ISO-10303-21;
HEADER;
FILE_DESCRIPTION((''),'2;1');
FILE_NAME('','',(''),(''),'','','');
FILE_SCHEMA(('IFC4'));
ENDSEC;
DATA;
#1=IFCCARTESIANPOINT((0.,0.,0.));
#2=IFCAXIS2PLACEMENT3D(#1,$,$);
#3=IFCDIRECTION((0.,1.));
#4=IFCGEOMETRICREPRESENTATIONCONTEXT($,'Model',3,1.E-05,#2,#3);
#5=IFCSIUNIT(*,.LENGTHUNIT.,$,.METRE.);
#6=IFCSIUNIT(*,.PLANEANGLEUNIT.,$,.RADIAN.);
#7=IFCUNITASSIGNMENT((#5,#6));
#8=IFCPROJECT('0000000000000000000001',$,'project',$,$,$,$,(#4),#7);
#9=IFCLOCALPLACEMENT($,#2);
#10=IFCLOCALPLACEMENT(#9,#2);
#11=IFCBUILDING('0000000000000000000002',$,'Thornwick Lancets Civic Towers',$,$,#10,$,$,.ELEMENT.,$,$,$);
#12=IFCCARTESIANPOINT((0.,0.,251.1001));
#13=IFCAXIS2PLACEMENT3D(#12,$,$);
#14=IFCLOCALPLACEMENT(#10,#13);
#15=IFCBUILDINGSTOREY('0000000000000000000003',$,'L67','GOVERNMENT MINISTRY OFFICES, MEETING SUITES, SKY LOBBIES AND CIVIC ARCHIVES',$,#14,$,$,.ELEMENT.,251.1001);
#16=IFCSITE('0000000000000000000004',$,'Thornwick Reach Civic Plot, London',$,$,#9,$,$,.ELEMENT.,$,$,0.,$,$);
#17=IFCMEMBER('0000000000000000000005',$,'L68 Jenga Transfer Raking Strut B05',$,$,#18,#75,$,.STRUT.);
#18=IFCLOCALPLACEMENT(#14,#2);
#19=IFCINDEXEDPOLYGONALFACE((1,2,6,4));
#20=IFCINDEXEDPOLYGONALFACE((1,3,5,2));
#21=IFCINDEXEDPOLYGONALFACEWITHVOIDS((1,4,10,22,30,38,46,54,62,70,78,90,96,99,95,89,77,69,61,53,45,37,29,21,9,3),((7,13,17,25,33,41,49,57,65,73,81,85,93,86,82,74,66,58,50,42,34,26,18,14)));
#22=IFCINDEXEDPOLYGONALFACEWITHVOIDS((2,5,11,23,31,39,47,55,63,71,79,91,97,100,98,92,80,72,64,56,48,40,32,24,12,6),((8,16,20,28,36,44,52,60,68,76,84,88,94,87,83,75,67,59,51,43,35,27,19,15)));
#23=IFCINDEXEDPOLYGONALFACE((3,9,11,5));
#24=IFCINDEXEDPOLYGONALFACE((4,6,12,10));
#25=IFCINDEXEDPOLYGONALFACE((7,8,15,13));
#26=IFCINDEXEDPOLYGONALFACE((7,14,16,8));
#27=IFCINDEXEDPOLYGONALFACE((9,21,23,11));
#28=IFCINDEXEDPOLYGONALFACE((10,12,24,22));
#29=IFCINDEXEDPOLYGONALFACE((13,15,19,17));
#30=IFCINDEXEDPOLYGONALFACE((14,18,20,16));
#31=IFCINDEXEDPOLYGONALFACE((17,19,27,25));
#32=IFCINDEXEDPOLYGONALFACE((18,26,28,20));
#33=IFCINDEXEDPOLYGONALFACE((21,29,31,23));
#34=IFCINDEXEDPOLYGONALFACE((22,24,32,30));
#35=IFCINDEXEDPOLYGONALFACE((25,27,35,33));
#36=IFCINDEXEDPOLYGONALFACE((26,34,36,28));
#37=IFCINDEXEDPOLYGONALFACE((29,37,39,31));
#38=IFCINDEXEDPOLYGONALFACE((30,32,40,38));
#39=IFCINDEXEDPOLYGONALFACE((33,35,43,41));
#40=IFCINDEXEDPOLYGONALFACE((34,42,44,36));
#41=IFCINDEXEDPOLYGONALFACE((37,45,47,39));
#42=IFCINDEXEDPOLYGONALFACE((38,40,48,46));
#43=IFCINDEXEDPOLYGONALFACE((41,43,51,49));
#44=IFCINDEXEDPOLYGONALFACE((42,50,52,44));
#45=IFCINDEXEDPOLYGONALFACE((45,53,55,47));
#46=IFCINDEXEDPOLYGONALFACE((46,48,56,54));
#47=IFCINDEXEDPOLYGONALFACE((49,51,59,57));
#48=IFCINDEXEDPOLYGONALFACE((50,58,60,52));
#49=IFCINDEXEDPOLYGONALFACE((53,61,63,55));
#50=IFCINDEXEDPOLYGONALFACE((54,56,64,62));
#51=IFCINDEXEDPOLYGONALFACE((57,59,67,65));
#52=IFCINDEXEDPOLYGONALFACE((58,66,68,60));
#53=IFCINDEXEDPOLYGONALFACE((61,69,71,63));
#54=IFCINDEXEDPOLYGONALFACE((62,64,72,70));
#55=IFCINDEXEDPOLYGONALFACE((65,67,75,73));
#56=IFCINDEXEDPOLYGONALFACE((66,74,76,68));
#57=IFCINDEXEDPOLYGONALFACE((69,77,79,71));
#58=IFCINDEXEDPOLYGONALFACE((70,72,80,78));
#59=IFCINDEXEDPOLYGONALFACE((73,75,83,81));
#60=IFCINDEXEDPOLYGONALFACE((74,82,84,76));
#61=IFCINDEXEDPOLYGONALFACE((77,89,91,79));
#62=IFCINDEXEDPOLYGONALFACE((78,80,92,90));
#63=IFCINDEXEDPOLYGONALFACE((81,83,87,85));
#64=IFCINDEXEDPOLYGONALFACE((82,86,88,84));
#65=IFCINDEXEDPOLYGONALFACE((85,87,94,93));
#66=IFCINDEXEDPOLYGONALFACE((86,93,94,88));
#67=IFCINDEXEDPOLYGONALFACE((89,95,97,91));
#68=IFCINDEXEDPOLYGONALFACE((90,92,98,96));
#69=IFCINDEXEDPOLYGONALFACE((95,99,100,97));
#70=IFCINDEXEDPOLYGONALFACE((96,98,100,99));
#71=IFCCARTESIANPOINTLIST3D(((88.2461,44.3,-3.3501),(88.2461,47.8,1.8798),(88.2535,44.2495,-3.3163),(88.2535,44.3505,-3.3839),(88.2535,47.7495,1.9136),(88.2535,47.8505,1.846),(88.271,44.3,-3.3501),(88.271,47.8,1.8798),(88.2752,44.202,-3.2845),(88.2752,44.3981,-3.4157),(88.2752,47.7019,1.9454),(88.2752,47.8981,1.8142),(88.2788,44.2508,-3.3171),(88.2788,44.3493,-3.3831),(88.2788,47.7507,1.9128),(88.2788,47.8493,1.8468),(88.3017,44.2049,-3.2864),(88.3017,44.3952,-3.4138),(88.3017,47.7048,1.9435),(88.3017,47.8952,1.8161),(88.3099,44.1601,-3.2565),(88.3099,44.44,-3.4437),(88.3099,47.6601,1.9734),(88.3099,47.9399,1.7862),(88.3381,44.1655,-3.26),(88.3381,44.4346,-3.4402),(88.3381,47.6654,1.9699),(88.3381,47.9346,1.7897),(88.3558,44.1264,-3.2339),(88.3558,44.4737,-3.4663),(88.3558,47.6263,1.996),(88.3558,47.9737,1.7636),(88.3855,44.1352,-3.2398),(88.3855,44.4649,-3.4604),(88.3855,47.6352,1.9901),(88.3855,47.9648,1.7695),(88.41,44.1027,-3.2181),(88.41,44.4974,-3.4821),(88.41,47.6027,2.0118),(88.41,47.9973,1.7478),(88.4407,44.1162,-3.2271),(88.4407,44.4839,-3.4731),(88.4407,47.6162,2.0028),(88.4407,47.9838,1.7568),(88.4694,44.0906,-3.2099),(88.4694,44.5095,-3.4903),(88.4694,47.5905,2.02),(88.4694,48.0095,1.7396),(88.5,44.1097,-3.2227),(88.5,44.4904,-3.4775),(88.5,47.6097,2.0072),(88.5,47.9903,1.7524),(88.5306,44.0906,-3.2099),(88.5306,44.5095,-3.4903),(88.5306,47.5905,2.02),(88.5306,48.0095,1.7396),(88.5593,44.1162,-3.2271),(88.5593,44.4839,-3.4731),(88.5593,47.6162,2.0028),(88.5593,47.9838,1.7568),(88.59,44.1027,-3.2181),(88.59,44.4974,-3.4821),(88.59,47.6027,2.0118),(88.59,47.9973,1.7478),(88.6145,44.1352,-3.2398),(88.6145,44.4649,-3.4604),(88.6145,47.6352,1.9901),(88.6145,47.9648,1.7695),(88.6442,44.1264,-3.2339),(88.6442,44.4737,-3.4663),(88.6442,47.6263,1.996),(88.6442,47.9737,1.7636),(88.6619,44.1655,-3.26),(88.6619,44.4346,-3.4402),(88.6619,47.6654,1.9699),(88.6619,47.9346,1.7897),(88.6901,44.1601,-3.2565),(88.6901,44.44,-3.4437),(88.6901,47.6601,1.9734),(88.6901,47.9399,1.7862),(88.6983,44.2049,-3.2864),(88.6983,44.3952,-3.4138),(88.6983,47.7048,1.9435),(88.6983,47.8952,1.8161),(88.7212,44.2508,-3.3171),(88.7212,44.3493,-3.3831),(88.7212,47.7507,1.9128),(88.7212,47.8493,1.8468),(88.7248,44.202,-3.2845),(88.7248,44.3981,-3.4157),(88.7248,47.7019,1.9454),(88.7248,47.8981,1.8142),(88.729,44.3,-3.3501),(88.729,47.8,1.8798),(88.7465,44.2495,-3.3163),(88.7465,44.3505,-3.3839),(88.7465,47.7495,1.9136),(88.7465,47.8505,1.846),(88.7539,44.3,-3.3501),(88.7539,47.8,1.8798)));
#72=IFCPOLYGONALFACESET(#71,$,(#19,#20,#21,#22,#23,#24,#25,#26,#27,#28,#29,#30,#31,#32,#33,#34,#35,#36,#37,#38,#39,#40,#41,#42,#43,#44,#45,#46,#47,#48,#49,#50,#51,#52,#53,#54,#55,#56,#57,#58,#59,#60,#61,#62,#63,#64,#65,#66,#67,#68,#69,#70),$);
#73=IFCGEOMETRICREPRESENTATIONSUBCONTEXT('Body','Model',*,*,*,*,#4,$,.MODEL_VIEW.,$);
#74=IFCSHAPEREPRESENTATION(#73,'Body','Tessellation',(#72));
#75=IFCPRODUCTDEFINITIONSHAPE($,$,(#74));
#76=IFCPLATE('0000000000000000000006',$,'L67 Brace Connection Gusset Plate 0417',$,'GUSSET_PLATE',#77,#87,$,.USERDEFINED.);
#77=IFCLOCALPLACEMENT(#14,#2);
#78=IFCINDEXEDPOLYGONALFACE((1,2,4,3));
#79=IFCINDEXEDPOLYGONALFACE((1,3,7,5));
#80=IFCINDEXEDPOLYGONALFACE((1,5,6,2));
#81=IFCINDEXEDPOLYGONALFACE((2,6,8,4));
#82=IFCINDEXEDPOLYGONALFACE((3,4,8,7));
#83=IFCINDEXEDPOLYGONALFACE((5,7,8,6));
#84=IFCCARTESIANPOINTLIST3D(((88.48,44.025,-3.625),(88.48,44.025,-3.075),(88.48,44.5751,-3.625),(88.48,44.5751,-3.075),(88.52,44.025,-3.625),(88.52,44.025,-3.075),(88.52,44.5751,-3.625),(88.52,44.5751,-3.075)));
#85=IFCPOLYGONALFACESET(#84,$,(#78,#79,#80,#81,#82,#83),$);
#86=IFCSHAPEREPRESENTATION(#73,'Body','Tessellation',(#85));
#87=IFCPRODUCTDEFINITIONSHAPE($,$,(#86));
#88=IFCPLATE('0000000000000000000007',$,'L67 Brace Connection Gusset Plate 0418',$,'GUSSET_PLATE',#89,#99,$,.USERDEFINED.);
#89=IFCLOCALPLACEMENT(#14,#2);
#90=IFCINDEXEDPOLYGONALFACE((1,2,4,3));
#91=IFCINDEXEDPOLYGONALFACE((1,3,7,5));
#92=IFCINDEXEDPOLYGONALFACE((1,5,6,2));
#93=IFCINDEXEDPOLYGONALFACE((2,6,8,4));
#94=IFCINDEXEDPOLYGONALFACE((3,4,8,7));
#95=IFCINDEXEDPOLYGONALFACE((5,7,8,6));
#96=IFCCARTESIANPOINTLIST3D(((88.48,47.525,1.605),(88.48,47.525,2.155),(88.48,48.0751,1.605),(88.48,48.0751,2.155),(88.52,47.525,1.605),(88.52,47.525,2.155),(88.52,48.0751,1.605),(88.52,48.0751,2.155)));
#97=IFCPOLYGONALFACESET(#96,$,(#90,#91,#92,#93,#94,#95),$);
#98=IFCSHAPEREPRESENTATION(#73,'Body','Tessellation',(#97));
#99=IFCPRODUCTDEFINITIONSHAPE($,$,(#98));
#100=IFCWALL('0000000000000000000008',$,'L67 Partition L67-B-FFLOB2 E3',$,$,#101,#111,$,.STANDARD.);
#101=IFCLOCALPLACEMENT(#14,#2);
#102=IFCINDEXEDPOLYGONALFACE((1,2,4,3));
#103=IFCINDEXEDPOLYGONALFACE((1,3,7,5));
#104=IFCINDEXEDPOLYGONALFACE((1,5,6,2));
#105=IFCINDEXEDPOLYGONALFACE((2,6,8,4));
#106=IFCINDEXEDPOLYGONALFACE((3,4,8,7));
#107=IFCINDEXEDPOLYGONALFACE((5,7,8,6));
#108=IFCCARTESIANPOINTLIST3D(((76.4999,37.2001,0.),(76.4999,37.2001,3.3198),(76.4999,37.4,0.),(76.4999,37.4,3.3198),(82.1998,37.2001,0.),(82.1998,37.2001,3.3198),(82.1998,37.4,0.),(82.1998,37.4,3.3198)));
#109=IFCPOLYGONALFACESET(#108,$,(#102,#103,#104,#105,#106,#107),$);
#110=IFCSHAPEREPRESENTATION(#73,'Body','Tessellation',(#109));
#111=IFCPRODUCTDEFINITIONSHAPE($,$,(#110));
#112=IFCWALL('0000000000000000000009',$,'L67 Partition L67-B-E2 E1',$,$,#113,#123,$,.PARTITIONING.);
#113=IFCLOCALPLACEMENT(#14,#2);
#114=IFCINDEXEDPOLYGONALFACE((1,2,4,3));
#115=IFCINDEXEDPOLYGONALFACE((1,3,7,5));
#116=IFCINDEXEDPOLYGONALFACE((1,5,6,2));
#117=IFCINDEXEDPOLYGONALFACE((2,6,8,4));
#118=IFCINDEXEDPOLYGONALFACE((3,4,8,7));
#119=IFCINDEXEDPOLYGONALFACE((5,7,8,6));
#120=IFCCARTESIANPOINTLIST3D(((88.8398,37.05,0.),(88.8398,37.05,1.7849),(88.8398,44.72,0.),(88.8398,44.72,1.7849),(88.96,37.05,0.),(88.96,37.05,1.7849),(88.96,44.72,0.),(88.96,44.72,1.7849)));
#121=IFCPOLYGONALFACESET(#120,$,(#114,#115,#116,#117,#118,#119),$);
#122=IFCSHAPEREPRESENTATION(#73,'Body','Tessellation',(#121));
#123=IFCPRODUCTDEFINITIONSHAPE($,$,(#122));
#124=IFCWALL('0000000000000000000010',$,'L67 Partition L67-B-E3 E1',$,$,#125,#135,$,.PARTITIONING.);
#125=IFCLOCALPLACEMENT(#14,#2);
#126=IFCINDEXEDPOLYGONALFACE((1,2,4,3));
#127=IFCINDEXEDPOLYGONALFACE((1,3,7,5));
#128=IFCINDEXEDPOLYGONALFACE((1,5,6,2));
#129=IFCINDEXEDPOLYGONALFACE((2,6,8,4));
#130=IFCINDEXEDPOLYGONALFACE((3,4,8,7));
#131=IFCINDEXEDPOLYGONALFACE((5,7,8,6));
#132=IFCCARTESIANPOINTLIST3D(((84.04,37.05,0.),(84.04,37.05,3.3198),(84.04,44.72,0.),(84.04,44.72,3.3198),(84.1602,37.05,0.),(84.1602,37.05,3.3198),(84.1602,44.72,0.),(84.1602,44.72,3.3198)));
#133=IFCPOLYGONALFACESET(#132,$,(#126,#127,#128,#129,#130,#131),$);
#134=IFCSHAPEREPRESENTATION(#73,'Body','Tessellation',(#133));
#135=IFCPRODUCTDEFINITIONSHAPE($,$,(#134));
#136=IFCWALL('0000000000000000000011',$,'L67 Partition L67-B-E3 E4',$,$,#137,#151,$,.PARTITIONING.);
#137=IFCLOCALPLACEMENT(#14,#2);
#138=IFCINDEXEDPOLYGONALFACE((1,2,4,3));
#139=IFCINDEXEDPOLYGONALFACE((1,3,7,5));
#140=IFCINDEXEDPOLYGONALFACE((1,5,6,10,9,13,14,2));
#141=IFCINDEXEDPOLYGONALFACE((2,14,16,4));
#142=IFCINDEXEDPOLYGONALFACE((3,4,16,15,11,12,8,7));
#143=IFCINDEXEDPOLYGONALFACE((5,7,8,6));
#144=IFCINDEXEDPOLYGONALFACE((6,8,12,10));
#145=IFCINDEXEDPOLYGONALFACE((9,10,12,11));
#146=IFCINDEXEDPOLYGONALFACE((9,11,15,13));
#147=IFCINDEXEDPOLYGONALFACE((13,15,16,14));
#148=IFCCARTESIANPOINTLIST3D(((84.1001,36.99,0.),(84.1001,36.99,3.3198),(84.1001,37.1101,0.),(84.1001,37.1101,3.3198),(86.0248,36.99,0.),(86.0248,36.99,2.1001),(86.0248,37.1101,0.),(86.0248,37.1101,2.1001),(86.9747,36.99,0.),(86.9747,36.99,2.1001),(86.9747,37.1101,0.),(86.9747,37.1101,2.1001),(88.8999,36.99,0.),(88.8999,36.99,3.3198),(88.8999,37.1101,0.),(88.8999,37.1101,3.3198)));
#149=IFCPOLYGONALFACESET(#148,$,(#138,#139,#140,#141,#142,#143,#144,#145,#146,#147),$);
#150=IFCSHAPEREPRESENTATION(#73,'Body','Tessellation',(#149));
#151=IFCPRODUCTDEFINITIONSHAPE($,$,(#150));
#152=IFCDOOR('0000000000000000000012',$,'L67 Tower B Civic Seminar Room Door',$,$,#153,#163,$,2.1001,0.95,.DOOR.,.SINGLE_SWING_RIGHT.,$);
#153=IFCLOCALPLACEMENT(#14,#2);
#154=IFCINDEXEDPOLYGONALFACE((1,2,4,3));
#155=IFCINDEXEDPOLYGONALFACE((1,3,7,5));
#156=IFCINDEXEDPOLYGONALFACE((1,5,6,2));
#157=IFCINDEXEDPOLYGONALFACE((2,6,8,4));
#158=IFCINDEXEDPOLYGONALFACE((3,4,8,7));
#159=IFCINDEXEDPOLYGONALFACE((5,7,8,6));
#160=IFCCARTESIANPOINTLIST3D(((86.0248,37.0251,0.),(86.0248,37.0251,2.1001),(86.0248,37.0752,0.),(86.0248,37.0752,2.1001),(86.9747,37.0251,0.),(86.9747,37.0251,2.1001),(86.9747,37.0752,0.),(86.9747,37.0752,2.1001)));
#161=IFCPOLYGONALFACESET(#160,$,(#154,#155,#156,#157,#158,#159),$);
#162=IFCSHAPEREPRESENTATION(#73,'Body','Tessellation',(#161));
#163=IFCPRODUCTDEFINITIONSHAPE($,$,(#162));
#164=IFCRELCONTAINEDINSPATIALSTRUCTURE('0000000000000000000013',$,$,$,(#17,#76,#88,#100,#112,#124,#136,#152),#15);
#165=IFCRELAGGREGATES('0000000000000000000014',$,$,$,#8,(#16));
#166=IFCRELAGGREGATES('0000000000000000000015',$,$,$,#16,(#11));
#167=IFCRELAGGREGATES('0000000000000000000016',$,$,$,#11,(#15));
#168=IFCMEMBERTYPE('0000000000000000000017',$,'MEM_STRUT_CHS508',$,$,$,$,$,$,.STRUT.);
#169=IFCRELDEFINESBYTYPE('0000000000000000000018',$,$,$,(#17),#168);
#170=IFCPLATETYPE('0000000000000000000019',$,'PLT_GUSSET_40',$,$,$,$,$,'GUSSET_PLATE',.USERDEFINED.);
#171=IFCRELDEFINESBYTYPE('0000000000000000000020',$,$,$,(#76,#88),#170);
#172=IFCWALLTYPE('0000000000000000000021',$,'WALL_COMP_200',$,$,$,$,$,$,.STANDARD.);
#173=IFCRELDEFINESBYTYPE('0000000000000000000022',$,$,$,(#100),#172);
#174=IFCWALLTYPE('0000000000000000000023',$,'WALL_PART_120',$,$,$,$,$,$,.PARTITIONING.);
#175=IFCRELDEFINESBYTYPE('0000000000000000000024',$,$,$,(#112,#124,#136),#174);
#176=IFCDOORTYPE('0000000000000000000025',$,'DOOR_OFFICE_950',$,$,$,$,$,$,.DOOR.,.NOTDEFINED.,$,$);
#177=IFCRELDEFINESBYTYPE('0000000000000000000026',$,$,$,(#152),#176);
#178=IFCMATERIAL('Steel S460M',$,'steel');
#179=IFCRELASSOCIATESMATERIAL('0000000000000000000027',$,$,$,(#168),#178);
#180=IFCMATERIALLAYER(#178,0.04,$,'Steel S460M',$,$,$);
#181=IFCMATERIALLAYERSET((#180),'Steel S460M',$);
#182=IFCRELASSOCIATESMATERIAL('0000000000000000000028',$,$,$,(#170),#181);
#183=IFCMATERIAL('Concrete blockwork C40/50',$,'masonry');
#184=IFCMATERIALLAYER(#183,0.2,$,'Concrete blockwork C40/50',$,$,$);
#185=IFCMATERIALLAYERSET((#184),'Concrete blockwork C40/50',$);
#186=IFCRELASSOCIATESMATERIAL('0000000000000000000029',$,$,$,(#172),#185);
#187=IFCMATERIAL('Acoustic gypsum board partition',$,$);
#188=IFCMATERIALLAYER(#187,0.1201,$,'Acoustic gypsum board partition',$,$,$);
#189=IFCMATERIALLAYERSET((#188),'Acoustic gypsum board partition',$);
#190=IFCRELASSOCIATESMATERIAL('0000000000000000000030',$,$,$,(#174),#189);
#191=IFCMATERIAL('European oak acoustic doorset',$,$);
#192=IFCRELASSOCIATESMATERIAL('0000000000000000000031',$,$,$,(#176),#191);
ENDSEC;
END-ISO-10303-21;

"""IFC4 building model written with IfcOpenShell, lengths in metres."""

from ifc_helpers import new_model, si_unit, direction, frame, frame_2d, origin, origin_2d, place, context, subcontext, project, spatial, rectangle, hollow_circle, extrude, material, layer, layer_set, material_profile, profile_set, type_object, element, fill, save


model = new_model("IFC4")

# Units and contexts
model_context = context("Model", 3, precision=1e-05, world=origin(), true_north=direction((0.0, 1.0)))
body_context = subcontext(model_context, "Body", "Model", "MODEL_VIEW")
ifc_project = project(units=[si_unit("LENGTHUNIT", "METRE"), si_unit("PLANEANGLEUNIT", "RADIAN")], contexts=[model_context])

# Site, building, storey
site_placement = place(None, origin())
site = spatial("IfcSite", under=ifc_project, at=site_placement, Name="Thornwick Reach Civic Plot, London", CompositionType="ELEMENT", RefElevation=0.0)
building_placement = place(site_placement, origin())
building = spatial("IfcBuilding", under=site, at=building_placement, Name="Thornwick Lancets Civic Towers", CompositionType="ELEMENT")
storey_placement = place(building_placement, frame((0.0, 0.0, 251.1001)))
storey = spatial("IfcBuildingStorey", under=building, at=storey_placement, Name="L67", Description="GOVERNMENT MINISTRY OFFICES, MEETING SUITES, SKY LOBBIES AND CIVIC ARCHIVES", CompositionType="ELEMENT", Elevation=251.1001)

# Member
ifc_material_1 = material(Name="Steel S460M", Category="steel")
ifc_material_profile_1 = material_profile(ifc_material_1, hollow_circle(Radius=0.2539, WallThickness=0.0249, at=origin_2d()), Name="CHS 508x25")
ifc_profile_set_1 = profile_set([ifc_material_profile_1], Name="Steel S460M")
member_type = type_object("IfcMemberType", Name="MEM_STRUT_CHS508", PredefinedType="STRUT", material=ifc_profile_set_1)
member_placement = place(storey_placement, frame((88.5, 44.3, -3.3501), z_axis=(0.0, 0.556168, 0.83107), x_axis=(-1.0, 0.0, 0.0)))
element("IfcMember", 1, at=member_placement, inside=storey, type_object=member_type, Name="L68 Jenga Transfer Raking Strut B05", PredefinedType="STRUT", context=body_context, shape_type="SweptSolid", body=[
    extrude(hollow_circle(Radius=0.2539, WallThickness=0.0249, at=origin_2d()), origin(), (0.0, 0.0, 1.0), 6.293),
])

# Plates
ifc_layer_1 = layer(ifc_material_1, 0.04, Name="Steel S460M")
ifc_layer_set_1 = layer_set([ifc_layer_1], Name="Steel S460M")
plate_type = type_object("IfcPlateType", Name="PLT_GUSSET_40", ElementType="GUSSET_PLATE", PredefinedType="USERDEFINED", material=ifc_layer_set_1)
for number, where, z_axis, x_axis, name in (
    (2, (88.5, 44.3, -3.625), (0.0, 0.0, 1.0), (0.0, 1.0, 0.0), "L67 Brace Connection Gusset Plate 0417"),
    (3, (88.5, 47.8, 1.605), (0.0, 0.0, 1.0), (0.0, 1.0, 0.0), "L67 Brace Connection Gusset Plate 0418"),
):
    element("IfcPlate", number, at=place(storey_placement, frame(where, z_axis=z_axis, x_axis=x_axis)), inside=storey, type_object=plate_type, Name=name, ObjectType="GUSSET_PLATE", PredefinedType="USERDEFINED", context=body_context, shape_type="SweptSolid", body=[
        extrude(rectangle(XDim=0.55, YDim=0.04, at=origin_2d()), origin(), (0.0, 0.0, 1.0), 0.55),
    ])

# Walls
ifc_material_2 = material(Name="Concrete blockwork C40/50", Category="masonry")
ifc_layer_2 = layer(ifc_material_2, 0.2, Name="Concrete blockwork C40/50")
ifc_layer_set_2 = layer_set([ifc_layer_2], Name="Concrete blockwork C40/50")
wall_type_1 = type_object("IfcWallType", Name="WALL_COMP_200", PredefinedType="STANDARD", material=ifc_layer_set_2)
wall_1_placement = place(storey_placement, frame((82.2, 37.3, 0.0), z_axis=(0.0, 0.0, 1.0), x_axis=(-1.0, 0.0, 0.0)))
element("IfcWall", 4, at=wall_1_placement, inside=storey, type_object=wall_type_1, Name="L67 Partition L67-B-FFLOB2 E3", PredefinedType="STANDARD", context=body_context, shape_type="SweptSolid", body=[
    extrude(rectangle(XDim=5.7, YDim=0.2, at=frame_2d((2.8501, 0.0))), origin(), (0.0, 0.0, 1.0), 3.3198),
])
ifc_material_3 = material(Name="Acoustic gypsum board partition")
ifc_layer_3 = layer(ifc_material_3, 0.1201, Name="Acoustic gypsum board partition")
ifc_layer_set_3 = layer_set([ifc_layer_3], Name="Acoustic gypsum board partition")
wall_type_2 = type_object("IfcWallType", Name="WALL_PART_120", PredefinedType="PARTITIONING", material=ifc_layer_set_3)
wall_2_placement = place(storey_placement, frame((88.8999, 37.05, 0.0), z_axis=(0.0, 0.0, 1.0), x_axis=(0.0, 1.0, 0.0)))
element("IfcWall", 5, at=wall_2_placement, inside=storey, type_object=wall_type_2, Name="L67 Partition L67-B-E2 E1", PredefinedType="PARTITIONING", context=body_context, shape_type="SweptSolid", body=[
    extrude(rectangle(XDim=7.6699, YDim=0.1201, at=frame_2d((3.835, 0.0))), origin(), (0.0, 0.0, 1.0), 1.7849),
])
wall_3_placement = place(storey_placement, frame((84.1001, 37.05, 0.0), z_axis=(0.0, 0.0, 1.0), x_axis=(0.0, 1.0, 0.0)))
element("IfcWall", 6, at=wall_3_placement, inside=storey, type_object=wall_type_2, Name="L67 Partition L67-B-E3 E1", PredefinedType="PARTITIONING", context=body_context, shape_type="SweptSolid", body=[
    extrude(rectangle(XDim=7.6699, YDim=0.1201, at=frame_2d((3.835, 0.0))), origin(), (0.0, 0.0, 1.0), 3.3198),
])

# Wall, opening, door
wall_4_placement = place(storey_placement, frame((88.8999, 37.05, 0.0), z_axis=(0.0, 0.0, 1.0), x_axis=(-1.0, 0.0, 0.0)))
wall_4 = element("IfcWall", 7, at=wall_4_placement, inside=storey, type_object=wall_type_2, Name="L67 Partition L67-B-E3 E4", PredefinedType="PARTITIONING", context=body_context, shape_type="SweptSolid", body=[
    extrude(rectangle(XDim=4.7998, YDim=0.1201, at=frame_2d((2.3999, 0.0))), origin(), (0.0, 0.0, 1.0), 3.3198),
])
opening_1_placement = place(wall_4_placement, frame((1.925, 0.0, 0.0)))
opening_1 = element("IfcOpeningElement", 8, at=opening_1_placement, cuts=wall_4, PredefinedType="OPENING", context=body_context, shape_type="SweptSolid", body=[
    extrude(rectangle(XDim=0.95, YDim=2.1001, at=frame_2d((0.4751, 1.05))), frame((0.0, 0.0701, 0.0), z_axis=(0.0, -1.0, 0.0), x_axis=(1.0, 0.0, 0.0)), (0.0, 0.0, 1.0), 0.1401),
])
ifc_material_4 = material(Name="European oak acoustic doorset")
door_type_1 = type_object("IfcDoorType", Name="DOOR_OFFICE_950", OperationType="NOTDEFINED", PredefinedType="DOOR", material=ifc_material_4)
door_1_placement = place(opening_1_placement, origin())
door_1 = element("IfcDoor", 9, at=door_1_placement, inside=storey, type_object=door_type_1, Name="L67 Tower B Civic Seminar Room Door", OperationType="SINGLE_SWING_RIGHT", OverallHeight=2.1001, OverallWidth=0.95, PredefinedType="DOOR", context=body_context, shape_type="SweptSolid", body=[
    extrude(rectangle(XDim=0.95, YDim=2.1001, at=frame_2d((0.4751, 1.05))), frame((0.0, 0.0249, 0.0), z_axis=(0.0, -1.0, 0.0), x_axis=(1.0, 0.0, 0.0)), (0.0, 0.0, 1.0), 0.05),
])
fill(opening_1, door_1)

save(model, "model.ifc")
